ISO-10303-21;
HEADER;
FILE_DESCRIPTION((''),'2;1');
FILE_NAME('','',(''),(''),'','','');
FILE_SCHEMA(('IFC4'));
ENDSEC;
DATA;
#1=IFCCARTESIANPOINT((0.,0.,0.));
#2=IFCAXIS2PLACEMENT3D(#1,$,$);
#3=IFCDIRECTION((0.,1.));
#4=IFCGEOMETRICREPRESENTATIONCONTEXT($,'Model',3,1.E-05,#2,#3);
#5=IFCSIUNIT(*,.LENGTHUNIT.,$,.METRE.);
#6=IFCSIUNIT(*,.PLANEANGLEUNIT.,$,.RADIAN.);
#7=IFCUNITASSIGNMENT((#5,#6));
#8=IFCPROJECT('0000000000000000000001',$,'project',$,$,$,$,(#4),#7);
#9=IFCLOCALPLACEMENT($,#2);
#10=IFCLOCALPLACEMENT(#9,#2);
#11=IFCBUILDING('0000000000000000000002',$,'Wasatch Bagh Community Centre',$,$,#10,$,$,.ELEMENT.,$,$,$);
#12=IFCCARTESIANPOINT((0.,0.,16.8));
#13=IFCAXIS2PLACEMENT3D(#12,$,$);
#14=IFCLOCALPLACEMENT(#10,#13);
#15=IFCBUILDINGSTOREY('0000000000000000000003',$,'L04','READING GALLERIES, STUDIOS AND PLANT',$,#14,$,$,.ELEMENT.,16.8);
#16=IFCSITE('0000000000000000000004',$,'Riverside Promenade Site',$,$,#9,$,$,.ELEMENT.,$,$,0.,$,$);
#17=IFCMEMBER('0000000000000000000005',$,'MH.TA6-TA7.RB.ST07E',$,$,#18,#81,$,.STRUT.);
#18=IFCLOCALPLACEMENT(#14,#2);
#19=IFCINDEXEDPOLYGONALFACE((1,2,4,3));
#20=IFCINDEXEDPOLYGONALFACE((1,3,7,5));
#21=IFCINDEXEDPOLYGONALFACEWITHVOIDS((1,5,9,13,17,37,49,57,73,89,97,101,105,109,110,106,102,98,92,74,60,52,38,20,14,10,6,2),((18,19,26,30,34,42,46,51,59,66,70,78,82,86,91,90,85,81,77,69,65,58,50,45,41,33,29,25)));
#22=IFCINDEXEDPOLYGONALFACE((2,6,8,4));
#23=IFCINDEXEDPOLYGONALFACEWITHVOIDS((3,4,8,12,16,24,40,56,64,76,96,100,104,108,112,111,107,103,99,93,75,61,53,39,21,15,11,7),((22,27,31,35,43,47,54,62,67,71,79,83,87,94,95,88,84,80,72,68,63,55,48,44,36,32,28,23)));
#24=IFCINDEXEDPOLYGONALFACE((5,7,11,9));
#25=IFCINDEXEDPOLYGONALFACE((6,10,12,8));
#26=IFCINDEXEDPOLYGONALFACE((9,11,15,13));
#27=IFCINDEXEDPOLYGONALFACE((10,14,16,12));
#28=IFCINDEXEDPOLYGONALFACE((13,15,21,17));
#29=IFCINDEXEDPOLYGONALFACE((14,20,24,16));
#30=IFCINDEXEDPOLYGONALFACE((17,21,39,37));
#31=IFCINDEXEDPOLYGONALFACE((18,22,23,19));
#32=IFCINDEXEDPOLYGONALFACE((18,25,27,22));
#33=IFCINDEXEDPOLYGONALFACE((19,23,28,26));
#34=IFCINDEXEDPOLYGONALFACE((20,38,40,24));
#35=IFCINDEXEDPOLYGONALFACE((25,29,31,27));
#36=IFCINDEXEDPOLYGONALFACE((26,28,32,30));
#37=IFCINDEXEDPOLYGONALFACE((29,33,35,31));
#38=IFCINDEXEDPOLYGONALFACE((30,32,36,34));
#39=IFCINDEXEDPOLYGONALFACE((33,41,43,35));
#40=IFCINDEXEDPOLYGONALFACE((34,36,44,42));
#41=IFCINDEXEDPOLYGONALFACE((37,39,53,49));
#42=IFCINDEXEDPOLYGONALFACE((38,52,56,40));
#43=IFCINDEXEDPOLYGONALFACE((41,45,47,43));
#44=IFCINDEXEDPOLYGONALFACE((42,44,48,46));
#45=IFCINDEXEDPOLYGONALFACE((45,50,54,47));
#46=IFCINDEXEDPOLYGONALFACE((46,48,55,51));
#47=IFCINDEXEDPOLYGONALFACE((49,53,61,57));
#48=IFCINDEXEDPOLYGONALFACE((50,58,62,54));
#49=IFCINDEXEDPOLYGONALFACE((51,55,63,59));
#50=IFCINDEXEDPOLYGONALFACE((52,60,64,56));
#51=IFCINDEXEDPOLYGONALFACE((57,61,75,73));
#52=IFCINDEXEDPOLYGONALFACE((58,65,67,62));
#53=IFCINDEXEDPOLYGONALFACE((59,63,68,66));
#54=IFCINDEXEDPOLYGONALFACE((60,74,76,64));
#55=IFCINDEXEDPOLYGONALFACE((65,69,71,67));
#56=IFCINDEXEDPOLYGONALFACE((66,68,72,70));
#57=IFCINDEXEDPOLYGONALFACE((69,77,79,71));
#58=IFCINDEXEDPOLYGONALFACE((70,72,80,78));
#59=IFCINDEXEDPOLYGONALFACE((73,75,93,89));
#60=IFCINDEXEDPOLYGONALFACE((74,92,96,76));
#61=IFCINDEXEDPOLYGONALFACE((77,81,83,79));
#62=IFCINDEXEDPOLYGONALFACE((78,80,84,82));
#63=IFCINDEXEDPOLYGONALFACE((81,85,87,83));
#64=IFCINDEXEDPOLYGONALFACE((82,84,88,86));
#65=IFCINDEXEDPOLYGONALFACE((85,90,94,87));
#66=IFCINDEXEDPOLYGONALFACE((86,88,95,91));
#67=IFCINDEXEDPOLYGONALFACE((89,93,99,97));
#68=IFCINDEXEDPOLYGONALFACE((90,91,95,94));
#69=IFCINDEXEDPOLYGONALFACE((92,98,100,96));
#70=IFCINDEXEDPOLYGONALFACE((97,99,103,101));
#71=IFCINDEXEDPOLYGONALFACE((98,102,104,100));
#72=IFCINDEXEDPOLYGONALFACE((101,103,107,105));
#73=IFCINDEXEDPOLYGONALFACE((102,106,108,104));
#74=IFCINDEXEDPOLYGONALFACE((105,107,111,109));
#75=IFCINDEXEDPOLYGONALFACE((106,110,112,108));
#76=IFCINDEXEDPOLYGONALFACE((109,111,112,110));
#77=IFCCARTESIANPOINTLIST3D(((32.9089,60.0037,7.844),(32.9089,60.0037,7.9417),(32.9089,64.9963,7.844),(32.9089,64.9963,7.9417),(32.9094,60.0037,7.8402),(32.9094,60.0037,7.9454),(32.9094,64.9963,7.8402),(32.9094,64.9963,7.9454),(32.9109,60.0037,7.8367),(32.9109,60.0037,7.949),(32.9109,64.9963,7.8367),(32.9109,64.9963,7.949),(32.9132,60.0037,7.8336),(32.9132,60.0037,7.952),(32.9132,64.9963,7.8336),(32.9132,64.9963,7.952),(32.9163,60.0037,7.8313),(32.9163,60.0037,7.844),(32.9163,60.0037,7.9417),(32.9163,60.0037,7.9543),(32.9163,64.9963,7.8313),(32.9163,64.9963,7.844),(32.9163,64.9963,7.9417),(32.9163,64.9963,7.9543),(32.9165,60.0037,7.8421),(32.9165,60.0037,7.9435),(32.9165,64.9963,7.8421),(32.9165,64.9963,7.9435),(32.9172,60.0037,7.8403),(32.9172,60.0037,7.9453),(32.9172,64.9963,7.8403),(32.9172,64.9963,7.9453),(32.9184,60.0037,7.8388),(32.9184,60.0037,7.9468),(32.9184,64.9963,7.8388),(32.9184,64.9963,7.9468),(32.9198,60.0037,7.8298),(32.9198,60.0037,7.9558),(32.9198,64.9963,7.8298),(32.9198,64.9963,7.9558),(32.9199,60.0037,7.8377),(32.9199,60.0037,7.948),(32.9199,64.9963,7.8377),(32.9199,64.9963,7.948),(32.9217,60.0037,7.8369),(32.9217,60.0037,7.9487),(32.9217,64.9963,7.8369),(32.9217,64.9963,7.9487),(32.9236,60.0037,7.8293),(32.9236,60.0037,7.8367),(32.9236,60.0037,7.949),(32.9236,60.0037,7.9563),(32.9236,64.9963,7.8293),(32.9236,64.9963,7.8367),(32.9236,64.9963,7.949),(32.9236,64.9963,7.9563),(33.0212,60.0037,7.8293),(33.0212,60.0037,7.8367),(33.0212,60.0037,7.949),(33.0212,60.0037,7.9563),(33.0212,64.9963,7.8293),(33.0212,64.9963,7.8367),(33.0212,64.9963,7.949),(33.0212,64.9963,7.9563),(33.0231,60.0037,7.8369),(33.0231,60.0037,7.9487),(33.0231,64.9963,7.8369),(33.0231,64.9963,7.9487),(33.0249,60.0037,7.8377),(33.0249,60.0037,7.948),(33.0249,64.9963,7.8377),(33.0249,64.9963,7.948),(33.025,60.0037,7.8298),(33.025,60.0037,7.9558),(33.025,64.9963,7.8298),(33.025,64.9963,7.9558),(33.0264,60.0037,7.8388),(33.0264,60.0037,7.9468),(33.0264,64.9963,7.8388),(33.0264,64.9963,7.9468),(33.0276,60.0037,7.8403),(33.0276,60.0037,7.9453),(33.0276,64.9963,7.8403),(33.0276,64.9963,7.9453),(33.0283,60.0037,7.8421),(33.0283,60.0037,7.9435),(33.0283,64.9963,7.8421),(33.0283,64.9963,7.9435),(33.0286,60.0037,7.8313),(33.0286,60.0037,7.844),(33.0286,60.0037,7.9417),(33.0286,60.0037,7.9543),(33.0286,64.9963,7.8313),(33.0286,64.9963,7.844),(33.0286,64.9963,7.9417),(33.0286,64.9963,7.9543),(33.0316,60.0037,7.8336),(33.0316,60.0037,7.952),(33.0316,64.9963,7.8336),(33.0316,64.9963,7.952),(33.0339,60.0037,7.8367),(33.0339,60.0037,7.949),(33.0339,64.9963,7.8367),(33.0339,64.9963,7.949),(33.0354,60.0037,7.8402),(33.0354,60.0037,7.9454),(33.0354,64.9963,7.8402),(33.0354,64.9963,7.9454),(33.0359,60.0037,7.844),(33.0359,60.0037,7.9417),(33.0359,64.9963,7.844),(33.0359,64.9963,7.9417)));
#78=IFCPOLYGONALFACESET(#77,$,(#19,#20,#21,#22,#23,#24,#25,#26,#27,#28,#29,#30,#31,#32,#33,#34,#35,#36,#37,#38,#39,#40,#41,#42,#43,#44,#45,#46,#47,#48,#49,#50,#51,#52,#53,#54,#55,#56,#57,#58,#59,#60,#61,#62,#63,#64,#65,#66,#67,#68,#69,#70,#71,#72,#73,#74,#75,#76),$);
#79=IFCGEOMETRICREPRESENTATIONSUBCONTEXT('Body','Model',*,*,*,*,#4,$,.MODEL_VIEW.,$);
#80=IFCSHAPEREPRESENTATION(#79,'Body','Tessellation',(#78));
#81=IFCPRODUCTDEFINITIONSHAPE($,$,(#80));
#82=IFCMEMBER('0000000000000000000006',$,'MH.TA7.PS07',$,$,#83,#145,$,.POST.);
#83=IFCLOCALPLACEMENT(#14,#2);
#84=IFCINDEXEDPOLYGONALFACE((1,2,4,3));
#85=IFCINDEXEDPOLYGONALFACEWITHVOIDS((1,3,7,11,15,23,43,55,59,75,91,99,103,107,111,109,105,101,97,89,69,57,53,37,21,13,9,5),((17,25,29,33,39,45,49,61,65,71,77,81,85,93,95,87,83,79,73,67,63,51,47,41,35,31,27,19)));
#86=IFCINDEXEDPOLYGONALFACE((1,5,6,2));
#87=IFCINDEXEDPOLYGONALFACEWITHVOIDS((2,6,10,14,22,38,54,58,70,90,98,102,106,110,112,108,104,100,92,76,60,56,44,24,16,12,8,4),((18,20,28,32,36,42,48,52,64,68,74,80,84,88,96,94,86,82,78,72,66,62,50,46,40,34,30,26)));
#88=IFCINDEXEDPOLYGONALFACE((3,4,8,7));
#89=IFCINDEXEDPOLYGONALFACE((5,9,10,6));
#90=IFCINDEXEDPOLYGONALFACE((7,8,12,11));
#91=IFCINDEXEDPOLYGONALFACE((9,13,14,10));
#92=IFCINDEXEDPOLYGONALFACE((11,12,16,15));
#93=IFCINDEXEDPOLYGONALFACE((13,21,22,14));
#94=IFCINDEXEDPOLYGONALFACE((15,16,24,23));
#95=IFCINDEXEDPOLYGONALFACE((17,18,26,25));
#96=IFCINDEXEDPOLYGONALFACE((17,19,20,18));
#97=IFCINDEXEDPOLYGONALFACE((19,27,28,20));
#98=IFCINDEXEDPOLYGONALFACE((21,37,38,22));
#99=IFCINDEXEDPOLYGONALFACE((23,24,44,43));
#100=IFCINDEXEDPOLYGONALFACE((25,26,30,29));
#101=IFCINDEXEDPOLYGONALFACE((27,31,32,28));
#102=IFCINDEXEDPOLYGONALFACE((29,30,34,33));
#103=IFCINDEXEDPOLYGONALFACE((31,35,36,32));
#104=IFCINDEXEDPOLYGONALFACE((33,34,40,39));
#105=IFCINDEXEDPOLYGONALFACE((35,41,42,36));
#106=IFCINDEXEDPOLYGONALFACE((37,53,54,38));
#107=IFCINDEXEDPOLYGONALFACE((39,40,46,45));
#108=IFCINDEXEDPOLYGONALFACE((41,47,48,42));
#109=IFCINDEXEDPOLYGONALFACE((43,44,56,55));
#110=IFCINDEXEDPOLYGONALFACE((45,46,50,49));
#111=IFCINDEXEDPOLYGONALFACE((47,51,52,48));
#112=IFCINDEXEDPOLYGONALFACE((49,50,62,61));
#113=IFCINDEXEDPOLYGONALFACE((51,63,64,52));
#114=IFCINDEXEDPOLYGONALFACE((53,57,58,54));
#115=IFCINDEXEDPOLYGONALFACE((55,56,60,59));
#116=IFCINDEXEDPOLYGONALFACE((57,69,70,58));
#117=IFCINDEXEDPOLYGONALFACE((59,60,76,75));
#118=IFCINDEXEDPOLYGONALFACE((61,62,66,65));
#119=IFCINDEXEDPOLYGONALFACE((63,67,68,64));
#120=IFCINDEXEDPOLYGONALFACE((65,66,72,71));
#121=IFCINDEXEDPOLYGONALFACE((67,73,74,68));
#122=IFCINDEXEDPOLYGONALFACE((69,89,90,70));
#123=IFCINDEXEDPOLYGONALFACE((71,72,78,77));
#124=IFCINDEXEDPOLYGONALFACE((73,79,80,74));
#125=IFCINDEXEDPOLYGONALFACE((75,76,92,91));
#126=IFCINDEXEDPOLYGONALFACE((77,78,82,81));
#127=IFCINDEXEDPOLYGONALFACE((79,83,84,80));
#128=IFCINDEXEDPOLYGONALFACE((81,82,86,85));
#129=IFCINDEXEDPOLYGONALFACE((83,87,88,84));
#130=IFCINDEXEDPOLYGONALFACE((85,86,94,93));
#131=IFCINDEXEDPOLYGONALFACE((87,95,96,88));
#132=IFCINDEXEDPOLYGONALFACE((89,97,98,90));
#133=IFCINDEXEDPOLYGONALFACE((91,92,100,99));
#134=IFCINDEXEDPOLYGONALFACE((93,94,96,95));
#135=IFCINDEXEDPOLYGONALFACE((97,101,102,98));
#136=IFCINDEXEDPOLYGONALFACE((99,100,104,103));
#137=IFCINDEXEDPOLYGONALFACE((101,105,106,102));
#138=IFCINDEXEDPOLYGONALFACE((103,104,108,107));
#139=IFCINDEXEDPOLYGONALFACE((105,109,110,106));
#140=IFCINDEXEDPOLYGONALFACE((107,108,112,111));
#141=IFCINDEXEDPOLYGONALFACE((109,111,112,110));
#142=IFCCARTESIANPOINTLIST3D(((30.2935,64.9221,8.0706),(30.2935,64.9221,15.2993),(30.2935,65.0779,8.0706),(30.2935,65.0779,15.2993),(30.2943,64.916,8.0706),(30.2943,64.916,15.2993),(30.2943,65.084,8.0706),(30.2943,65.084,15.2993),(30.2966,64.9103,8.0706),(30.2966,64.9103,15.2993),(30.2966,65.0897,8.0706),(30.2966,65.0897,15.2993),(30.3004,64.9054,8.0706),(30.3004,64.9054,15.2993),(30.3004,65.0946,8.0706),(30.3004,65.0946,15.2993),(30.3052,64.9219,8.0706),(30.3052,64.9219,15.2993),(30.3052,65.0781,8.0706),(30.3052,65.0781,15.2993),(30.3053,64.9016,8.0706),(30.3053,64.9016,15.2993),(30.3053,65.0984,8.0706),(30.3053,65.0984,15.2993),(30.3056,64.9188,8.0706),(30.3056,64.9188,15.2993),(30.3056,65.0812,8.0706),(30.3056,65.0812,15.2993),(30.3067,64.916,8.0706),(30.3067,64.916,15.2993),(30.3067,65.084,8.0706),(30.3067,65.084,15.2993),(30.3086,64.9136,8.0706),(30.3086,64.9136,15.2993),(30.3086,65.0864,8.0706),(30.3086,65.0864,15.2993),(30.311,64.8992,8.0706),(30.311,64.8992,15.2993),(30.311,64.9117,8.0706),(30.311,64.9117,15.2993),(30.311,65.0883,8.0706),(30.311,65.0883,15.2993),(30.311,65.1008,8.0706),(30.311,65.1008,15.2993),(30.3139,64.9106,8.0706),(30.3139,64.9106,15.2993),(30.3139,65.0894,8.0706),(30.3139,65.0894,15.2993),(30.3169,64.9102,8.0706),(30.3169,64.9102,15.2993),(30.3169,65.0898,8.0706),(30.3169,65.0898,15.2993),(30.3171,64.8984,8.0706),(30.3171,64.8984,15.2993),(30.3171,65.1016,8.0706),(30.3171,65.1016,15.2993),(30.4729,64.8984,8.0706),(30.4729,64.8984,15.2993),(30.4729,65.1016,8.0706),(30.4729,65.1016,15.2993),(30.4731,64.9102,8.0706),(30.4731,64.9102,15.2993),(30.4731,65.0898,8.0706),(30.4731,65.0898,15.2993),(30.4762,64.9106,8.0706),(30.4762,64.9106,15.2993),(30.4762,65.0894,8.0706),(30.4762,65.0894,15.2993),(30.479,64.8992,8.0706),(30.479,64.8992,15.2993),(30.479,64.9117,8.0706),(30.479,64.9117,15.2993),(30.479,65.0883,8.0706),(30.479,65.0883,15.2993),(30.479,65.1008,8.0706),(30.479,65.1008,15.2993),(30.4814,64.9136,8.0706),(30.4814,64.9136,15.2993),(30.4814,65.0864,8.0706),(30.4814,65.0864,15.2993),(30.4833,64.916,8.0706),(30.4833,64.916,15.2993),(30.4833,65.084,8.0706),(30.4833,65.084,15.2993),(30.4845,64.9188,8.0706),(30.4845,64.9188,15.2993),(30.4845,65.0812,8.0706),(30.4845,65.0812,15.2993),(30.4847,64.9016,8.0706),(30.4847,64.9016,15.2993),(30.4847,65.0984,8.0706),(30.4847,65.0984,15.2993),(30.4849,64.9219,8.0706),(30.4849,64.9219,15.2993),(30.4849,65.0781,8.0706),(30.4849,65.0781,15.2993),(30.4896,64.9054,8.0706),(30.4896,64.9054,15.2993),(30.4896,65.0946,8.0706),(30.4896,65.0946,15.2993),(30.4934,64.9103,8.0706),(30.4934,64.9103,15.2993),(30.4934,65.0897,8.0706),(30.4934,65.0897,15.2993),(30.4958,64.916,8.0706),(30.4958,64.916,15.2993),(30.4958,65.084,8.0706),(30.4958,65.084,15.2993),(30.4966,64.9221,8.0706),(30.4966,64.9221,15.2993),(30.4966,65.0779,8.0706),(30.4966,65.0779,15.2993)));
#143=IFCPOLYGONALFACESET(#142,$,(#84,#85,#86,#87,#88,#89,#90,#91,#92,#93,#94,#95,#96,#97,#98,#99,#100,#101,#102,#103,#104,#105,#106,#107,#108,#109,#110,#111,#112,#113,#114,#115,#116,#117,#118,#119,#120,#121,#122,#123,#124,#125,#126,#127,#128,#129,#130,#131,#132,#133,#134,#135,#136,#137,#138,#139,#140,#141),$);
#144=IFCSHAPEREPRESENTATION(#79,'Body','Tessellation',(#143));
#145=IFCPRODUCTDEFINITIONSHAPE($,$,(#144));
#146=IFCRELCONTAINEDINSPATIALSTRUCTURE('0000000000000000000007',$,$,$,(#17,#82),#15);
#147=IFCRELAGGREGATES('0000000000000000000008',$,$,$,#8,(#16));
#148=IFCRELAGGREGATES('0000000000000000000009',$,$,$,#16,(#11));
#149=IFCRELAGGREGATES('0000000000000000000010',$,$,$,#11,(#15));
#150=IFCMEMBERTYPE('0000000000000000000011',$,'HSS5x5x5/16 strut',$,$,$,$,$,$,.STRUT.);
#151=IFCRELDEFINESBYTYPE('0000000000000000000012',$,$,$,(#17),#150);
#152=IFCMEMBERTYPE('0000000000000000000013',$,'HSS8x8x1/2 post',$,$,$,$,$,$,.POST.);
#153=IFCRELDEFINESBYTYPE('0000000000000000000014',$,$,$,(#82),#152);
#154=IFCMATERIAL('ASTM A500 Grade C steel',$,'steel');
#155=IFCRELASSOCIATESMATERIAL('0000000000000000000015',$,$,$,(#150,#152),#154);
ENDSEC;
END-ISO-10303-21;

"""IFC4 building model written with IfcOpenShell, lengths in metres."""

from ifc_helpers import new_model, si_unit, direction, frame, origin, origin_2d, place, context, subcontext, project, spatial, hollow_rectangle, extrude, material, material_profile, profile_set, type_object, element, save


model = new_model("IFC4")

# Units and contexts
model_context = context("Model", 3, precision=1e-05, world=origin(), true_north=direction((0.0, 1.0)))
body_context = subcontext(model_context, "Body", "Model", "MODEL_VIEW")
ifc_project = project(units=[si_unit("LENGTHUNIT", "METRE"), si_unit("PLANEANGLEUNIT", "RADIAN")], contexts=[model_context])

# Site, building, storey
site_placement = place(None, origin())
site = spatial("IfcSite", under=ifc_project, at=site_placement, Name="Riverside Promenade Site", CompositionType="ELEMENT", RefElevation=0.0)
building_placement = place(site_placement, origin())
building = spatial("IfcBuilding", under=site, at=building_placement, Name="Wasatch Bagh Community Centre", CompositionType="ELEMENT")
storey_placement = place(building_placement, frame((0.0, 0.0, 16.8)))
storey = spatial("IfcBuildingStorey", under=building, at=storey_placement, Name="L04", Description="READING GALLERIES, STUDIOS AND PLANT", CompositionType="ELEMENT", Elevation=16.8)

# Members
ifc_material_1 = material(Name="ASTM A500 Grade C steel", Category="steel")
ifc_material_profile_1 = material_profile(ifc_material_1, hollow_rectangle(XDim=0.127, YDim=0.127, WallThickness=0.0073, InnerFilletRadius=0.0073, OuterFilletRadius=0.0146, at=origin_2d()), Name="HSS5x5x5/16")
ifc_profile_set_1 = profile_set([ifc_material_profile_1], Name="ASTM A500 Grade C steel")
member_type_1 = type_object("IfcMemberType", Name="HSS5x5x5/16 strut", PredefinedType="STRUT", material=ifc_profile_set_1)
for number, where, z_axis, x_axis, name in (
    (1, (32.9724, 60.0037, 7.8928), (0.0, 1.0, 0.0), (-1.0, 0.0, 0.0), "MH.TA6-TA7.RB.ST07E"),
):
    element("IfcMember", number, at=place(storey_placement, frame(where, z_axis=z_axis, x_axis=x_axis)), inside=storey, type_object=member_type_1, Name=name, PredefinedType="STRUT", context=body_context, shape_type="SweptSolid", body=[
        extrude(hollow_rectangle(XDim=0.127, YDim=0.127, WallThickness=0.0073, InnerFilletRadius=0.0073, OuterFilletRadius=0.0146, at=origin_2d()), origin(), (0.0, 0.0, 1.0), 4.9927),
    ])
ifc_material_profile_2 = material_profile(ifc_material_1, hollow_rectangle(XDim=0.2031, YDim=0.2031, WallThickness=0.0117, InnerFilletRadius=0.0117, OuterFilletRadius=0.0237, at=origin_2d()), Name="HSS8x8x1/2")
ifc_profile_set_2 = profile_set([ifc_material_profile_2], Name="ASTM A500 Grade C steel")
member_type_2 = type_object("IfcMemberType", Name="HSS8x8x1/2 post", PredefinedType="POST", material=ifc_profile_set_2)
member_1_placement = place(storey_placement, frame((30.395, 65.0, 8.0706), z_axis=(0.0, 0.0, 1.0), x_axis=(1.0, 0.0, 0.0)))
element("IfcMember", 2, at=member_1_placement, inside=storey, type_object=member_type_2, Name="MH.TA7.PS07", PredefinedType="POST", context=body_context, shape_type="SweptSolid", body=[
    extrude(hollow_rectangle(XDim=0.2031, YDim=0.2031, WallThickness=0.0117, InnerFilletRadius=0.0117, OuterFilletRadius=0.0237, at=origin_2d()), origin(), (0.0, 0.0, 1.0), 7.2288),
])

save(model, "model.ifc")
